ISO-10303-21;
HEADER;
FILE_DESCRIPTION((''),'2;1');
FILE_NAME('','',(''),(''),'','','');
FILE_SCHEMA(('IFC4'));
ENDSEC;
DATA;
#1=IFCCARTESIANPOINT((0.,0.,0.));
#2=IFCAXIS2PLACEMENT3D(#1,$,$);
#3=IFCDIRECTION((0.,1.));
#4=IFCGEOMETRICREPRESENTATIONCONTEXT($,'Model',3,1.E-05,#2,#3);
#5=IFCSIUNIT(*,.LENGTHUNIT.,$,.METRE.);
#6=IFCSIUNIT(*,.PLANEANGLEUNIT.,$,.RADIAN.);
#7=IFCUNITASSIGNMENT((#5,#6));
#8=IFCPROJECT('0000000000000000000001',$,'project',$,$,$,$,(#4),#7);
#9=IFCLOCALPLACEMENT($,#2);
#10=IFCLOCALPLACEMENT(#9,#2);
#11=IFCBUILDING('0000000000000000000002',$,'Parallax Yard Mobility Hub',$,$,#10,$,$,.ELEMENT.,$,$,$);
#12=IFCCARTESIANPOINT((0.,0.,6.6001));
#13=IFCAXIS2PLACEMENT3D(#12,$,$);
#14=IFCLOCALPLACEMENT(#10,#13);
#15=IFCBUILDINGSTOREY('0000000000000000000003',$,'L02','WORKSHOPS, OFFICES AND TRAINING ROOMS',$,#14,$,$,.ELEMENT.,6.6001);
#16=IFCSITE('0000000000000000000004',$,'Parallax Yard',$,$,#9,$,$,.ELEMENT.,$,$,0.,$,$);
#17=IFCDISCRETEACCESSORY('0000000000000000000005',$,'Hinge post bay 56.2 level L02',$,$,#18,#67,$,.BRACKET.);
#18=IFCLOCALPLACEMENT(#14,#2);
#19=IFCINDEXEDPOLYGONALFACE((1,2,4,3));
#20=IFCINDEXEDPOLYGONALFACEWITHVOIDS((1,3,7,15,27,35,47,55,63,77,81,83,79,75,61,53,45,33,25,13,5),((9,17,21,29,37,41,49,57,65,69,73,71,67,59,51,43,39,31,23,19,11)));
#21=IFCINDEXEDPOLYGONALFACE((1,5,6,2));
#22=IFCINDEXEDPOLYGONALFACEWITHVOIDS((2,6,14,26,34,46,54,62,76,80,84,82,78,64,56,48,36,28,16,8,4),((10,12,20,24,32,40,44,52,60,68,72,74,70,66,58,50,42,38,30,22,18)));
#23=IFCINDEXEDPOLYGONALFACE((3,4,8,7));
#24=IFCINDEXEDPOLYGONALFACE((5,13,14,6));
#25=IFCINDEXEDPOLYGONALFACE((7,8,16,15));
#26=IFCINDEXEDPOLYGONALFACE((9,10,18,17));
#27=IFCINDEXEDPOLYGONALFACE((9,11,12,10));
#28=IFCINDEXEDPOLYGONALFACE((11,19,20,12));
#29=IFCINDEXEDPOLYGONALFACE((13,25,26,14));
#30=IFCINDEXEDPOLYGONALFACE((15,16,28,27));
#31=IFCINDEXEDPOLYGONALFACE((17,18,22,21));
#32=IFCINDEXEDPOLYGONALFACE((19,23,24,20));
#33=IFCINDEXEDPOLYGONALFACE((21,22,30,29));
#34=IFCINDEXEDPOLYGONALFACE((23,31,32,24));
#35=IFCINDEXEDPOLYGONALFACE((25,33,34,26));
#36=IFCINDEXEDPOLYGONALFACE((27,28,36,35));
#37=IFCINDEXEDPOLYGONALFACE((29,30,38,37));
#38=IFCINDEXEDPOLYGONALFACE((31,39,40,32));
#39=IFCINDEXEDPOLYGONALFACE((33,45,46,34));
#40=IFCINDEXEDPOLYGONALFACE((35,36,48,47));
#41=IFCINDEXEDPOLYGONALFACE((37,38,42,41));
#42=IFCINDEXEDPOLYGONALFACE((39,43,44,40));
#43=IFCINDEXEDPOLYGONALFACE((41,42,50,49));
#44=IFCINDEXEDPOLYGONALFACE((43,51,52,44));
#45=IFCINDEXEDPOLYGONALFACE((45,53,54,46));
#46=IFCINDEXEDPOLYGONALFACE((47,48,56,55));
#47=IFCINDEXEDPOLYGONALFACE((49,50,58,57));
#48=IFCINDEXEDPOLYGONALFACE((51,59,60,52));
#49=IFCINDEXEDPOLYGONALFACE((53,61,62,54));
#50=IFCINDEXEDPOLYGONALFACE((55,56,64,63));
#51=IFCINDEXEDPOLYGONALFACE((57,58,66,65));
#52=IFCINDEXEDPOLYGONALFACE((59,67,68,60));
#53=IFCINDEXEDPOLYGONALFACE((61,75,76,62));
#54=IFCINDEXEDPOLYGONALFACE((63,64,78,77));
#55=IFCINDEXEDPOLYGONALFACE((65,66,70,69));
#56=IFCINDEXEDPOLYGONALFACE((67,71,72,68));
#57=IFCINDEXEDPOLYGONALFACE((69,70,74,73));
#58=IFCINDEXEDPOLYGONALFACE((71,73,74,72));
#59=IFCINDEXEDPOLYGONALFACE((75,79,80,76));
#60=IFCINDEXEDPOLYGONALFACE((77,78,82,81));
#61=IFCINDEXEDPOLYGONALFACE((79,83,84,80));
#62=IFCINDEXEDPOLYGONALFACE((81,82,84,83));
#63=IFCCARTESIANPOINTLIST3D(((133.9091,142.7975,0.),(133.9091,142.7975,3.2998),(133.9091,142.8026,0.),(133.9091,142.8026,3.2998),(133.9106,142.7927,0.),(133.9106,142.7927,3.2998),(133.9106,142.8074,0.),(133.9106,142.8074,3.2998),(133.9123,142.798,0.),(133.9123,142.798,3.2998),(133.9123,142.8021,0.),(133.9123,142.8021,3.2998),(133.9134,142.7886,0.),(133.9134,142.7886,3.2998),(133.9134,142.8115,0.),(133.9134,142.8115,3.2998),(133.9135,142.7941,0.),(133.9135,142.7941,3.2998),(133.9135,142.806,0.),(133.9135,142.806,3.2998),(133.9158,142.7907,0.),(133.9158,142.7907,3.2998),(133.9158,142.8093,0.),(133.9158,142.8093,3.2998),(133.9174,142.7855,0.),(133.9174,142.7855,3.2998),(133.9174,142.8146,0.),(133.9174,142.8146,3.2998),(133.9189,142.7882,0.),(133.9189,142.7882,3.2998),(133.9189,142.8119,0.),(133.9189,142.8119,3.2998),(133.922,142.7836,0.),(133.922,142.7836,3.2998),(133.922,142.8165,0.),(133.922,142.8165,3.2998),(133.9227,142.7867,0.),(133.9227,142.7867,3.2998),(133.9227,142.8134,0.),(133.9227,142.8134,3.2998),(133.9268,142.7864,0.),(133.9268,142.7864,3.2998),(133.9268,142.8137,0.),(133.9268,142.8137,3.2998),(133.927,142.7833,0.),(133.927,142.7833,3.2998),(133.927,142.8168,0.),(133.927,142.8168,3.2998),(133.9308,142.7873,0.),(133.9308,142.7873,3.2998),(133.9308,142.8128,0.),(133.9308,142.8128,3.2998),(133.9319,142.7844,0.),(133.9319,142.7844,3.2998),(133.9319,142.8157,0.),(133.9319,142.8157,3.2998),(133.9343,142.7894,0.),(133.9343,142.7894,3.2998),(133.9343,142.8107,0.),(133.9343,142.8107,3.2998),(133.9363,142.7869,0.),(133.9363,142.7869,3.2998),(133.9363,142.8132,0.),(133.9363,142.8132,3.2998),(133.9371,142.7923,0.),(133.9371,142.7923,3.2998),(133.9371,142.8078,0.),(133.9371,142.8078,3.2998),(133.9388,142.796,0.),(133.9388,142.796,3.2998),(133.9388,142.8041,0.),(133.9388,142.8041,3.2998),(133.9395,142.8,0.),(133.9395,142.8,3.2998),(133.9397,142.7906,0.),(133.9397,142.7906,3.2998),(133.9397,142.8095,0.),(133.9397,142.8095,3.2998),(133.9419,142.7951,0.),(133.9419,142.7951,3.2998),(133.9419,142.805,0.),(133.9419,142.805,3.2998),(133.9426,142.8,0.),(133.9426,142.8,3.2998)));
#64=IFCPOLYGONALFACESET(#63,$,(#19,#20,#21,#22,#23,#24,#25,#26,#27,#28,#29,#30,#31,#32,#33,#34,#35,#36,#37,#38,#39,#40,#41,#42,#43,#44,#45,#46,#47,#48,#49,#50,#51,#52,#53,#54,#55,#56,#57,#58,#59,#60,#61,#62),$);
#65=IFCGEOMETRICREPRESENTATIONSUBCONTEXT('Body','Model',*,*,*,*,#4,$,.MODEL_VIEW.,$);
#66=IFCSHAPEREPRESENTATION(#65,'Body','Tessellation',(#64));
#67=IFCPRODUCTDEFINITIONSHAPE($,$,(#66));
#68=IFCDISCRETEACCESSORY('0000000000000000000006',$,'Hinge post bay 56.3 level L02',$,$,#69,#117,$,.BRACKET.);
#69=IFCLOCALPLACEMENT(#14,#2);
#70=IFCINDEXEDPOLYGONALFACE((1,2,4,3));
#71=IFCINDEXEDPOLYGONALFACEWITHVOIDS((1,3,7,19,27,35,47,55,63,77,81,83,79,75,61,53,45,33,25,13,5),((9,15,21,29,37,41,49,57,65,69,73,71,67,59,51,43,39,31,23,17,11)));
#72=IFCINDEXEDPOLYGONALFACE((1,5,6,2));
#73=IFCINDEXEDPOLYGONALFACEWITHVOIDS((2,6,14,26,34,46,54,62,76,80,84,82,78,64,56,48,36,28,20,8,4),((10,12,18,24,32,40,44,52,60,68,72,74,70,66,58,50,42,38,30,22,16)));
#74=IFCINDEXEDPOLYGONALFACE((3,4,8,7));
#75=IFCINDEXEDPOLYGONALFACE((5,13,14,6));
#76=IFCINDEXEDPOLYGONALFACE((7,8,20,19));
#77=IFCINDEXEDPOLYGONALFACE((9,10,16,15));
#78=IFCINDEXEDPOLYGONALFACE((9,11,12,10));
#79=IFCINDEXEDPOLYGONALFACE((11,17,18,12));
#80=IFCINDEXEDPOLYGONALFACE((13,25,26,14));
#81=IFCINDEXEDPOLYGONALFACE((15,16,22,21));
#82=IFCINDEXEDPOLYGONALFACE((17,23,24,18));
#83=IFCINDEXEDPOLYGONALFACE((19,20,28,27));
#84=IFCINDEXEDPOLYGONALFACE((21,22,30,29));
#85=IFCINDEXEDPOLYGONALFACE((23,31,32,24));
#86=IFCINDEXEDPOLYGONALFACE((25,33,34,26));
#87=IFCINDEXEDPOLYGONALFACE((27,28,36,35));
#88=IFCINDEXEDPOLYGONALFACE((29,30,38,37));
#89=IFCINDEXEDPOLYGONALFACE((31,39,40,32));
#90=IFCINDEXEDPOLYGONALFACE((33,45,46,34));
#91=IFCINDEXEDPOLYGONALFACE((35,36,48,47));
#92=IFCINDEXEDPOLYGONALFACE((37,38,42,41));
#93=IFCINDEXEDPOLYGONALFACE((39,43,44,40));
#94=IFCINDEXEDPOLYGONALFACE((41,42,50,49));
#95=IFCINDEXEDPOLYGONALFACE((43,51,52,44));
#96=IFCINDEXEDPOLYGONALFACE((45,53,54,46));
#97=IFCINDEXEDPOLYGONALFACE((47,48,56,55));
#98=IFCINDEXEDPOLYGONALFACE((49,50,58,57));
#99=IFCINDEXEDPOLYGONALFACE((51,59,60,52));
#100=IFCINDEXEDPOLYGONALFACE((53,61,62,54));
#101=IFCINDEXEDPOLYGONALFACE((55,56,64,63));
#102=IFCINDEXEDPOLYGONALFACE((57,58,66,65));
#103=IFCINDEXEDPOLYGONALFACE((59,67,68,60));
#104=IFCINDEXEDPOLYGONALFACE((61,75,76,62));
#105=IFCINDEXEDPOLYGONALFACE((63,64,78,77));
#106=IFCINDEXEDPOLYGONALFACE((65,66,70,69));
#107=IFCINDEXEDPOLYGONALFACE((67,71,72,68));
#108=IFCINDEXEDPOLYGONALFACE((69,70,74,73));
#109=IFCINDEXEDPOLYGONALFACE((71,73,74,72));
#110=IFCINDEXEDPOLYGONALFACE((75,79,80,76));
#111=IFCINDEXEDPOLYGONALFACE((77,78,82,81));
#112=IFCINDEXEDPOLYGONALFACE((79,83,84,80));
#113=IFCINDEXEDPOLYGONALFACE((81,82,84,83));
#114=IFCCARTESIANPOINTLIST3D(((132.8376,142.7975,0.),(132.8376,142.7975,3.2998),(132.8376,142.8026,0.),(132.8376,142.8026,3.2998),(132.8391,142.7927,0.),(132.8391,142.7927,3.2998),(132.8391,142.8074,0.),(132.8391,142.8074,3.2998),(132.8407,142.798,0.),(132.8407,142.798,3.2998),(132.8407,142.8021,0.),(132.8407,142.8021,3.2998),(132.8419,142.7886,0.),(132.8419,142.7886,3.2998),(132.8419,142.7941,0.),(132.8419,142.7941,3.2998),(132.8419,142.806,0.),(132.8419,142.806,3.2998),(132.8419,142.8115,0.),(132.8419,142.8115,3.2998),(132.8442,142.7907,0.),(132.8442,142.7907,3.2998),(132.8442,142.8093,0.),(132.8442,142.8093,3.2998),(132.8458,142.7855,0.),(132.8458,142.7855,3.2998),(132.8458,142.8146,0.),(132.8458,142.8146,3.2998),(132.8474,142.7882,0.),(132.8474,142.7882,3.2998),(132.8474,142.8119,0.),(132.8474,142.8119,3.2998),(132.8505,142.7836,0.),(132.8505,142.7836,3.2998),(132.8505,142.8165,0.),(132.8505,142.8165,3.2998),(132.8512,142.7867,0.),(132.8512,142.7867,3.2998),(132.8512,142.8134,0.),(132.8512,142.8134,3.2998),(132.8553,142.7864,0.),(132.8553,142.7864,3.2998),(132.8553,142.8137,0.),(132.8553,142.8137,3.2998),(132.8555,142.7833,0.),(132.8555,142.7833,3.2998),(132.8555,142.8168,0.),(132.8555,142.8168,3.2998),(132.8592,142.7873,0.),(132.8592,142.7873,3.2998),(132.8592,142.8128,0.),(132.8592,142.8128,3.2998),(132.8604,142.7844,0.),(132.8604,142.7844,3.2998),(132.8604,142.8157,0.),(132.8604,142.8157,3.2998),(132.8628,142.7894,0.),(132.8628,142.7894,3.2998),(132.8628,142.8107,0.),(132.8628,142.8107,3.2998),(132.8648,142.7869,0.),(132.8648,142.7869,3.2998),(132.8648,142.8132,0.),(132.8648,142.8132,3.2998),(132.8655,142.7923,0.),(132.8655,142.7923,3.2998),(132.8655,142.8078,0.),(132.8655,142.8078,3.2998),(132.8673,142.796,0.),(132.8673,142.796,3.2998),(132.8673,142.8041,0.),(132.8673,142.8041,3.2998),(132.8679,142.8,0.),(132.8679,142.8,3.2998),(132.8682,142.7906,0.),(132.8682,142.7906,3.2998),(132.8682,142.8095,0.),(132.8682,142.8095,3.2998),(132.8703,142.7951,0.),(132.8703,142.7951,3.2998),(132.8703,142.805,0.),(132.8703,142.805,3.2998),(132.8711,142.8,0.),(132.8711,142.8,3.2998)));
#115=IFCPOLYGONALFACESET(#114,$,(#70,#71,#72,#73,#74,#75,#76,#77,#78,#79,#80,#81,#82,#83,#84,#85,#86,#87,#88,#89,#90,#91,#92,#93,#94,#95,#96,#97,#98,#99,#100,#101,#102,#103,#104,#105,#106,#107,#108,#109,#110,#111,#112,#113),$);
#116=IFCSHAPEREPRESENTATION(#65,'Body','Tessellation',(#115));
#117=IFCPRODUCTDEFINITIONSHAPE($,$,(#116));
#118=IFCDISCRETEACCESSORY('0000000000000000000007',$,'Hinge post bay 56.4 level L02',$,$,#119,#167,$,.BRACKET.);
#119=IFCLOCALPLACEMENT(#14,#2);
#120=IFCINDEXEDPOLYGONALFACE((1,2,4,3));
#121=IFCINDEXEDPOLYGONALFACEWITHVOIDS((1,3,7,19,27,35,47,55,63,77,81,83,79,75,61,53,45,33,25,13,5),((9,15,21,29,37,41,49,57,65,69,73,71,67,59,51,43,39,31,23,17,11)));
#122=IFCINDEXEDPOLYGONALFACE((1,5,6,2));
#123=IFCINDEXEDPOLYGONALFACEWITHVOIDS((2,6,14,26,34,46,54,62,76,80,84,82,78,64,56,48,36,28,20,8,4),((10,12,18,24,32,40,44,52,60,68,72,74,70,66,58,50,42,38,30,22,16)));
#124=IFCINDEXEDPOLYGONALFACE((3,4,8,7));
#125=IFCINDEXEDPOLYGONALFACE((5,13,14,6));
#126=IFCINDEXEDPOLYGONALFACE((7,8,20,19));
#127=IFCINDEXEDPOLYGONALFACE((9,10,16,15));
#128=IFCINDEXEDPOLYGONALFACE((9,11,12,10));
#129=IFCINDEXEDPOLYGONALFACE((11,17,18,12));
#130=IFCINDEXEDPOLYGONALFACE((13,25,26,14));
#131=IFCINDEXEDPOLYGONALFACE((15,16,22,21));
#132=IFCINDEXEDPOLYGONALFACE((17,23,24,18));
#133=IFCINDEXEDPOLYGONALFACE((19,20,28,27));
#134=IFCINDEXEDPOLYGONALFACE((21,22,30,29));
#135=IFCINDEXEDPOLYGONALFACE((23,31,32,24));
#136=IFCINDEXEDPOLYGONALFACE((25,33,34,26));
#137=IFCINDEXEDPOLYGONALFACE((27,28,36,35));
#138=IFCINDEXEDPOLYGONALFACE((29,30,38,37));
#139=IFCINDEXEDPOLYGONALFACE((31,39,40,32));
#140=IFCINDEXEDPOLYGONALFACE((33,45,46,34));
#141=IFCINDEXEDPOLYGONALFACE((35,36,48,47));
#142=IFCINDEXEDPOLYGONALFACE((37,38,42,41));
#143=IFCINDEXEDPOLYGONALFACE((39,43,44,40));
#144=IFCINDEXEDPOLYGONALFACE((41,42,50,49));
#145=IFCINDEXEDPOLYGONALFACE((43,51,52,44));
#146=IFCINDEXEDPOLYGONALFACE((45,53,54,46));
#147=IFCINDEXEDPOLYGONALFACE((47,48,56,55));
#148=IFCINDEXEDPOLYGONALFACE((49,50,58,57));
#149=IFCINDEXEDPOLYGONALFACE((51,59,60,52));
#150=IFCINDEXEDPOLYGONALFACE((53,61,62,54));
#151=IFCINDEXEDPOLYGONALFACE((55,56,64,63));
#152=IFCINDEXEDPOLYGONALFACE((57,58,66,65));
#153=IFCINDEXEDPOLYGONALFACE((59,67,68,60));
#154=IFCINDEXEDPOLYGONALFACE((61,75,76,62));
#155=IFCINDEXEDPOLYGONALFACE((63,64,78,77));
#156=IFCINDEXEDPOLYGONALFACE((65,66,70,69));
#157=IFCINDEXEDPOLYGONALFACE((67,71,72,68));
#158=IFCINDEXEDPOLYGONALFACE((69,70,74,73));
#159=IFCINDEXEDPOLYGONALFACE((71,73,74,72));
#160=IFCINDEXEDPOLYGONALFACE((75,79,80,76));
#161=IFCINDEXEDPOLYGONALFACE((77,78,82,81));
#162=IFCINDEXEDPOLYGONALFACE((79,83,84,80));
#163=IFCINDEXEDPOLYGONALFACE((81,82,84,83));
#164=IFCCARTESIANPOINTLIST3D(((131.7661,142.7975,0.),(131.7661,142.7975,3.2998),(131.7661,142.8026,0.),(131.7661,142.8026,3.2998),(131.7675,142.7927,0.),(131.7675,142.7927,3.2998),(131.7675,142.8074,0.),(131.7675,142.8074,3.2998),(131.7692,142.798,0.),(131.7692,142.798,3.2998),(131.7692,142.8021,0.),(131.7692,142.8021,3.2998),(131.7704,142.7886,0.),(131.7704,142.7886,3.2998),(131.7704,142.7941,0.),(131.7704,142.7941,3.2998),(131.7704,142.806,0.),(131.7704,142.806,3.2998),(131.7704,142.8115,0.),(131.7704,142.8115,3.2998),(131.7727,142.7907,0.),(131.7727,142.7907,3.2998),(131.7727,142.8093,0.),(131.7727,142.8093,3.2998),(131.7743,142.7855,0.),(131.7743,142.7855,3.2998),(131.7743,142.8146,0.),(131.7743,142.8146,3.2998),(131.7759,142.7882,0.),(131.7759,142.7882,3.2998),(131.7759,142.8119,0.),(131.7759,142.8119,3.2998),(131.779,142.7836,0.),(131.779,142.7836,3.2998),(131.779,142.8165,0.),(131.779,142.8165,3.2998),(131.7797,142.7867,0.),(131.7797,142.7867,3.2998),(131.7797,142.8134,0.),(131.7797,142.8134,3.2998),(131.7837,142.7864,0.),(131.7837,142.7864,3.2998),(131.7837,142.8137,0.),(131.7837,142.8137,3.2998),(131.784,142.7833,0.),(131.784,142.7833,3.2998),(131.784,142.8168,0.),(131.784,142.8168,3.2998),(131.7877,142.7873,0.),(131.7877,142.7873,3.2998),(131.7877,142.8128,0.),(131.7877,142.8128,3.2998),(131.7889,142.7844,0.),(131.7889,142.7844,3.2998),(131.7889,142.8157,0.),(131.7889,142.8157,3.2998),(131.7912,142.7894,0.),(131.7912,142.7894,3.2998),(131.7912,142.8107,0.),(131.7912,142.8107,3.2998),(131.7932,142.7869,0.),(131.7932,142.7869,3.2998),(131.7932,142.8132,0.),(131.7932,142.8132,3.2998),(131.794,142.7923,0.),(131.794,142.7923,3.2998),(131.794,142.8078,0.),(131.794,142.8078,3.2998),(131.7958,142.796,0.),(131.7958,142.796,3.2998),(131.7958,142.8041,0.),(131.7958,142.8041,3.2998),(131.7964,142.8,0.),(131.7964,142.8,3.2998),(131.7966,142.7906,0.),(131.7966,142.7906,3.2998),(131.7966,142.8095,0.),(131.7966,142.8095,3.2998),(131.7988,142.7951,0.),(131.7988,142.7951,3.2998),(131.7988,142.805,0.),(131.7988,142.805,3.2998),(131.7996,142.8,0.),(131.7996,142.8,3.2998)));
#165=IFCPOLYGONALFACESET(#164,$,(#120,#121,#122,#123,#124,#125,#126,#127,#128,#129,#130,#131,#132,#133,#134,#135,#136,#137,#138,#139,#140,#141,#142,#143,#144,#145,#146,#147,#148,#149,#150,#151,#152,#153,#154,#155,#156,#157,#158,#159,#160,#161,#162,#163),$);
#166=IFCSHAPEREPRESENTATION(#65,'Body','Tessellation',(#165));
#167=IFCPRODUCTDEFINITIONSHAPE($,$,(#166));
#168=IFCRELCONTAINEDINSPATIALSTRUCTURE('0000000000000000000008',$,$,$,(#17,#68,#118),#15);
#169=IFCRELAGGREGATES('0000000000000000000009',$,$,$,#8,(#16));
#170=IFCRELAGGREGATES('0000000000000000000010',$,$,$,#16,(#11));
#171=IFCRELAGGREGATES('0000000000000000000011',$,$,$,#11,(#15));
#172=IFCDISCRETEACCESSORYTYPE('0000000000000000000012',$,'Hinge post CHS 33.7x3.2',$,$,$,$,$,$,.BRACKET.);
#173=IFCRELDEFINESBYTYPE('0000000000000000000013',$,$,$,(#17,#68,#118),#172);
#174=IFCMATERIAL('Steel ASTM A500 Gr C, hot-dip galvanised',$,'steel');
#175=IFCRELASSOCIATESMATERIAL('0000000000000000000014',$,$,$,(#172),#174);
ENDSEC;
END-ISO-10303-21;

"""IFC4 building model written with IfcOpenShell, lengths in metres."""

from ifc_helpers import new_model, si_unit, direction, frame, origin, origin_2d, place, context, subcontext, project, spatial, hollow_circle, extrude, material, material_profile, profile_set, type_object, element, save


model = new_model("IFC4")

# Units and contexts
model_context = context("Model", 3, precision=1e-05, world=origin(), true_north=direction((0.0, 1.0)))
body_context = subcontext(model_context, "Body", "Model", "MODEL_VIEW")
ifc_project = project(units=[si_unit("LENGTHUNIT", "METRE"), si_unit("PLANEANGLEUNIT", "RADIAN")], contexts=[model_context])

# Site, building, storey
site_placement = place(None, origin())
site = spatial("IfcSite", under=ifc_project, at=site_placement, Name="Parallax Yard", CompositionType="ELEMENT", RefElevation=0.0)
building_placement = place(site_placement, origin())
building = spatial("IfcBuilding", under=site, at=building_placement, Name="Parallax Yard Mobility Hub", CompositionType="ELEMENT")
storey_placement = place(building_placement, frame((0.0, 0.0, 6.6001)))
storey = spatial("IfcBuildingStorey", under=building, at=storey_placement, Name="L02", Description="WORKSHOPS, OFFICES AND TRAINING ROOMS", CompositionType="ELEMENT", Elevation=6.6001)

# Discrete accessories
ifc_material_1 = material(Name="Steel ASTM A500 Gr C, hot-dip galvanised", Category="steel")
ifc_material_profile = material_profile(ifc_material_1, hollow_circle(Radius=0.0168, WallThickness=0.0032, at=origin_2d()), Name="CHS 33.7x3.2")
ifc_profile_set = profile_set([ifc_material_profile], Name="Steel ASTM A500 Gr C, hot-dip galvanised")
discrete_accessory_type_1 = type_object("IfcDiscreteAccessoryType", Name="Hinge post CHS 33.7x3.2", PredefinedType="BRACKET", material=ifc_profile_set)
for number, where, z_axis, x_axis, name in (
    (1, (133.9258, 142.8, 0.0), (0.0, 0.0, 1.0), (1.0, 0.0, 0.0), "Hinge post bay 56.2 level L02"),
    (2, (132.8542, 142.8, 0.0), (0.0, 0.0, 1.0), (1.0, 0.0, 0.0), "Hinge post bay 56.3 level L02"),
    (3, (131.7827, 142.8, 0.0), (0.0, 0.0, 1.0), (1.0, 0.0, 0.0), "Hinge post bay 56.4 level L02"),
):
    element("IfcDiscreteAccessory", number, at=place(storey_placement, frame(where, z_axis=z_axis, x_axis=x_axis)), inside=storey, type_object=discrete_accessory_type_1, Name=name, PredefinedType="BRACKET", context=body_context, shape_type="SweptSolid", body=[
        extrude(hollow_circle(Radius=0.0168, WallThickness=0.0032, at=origin_2d()), origin(), (0.0, 0.0, 1.0), 3.2998),
    ])

save(model, "model.ifc")
